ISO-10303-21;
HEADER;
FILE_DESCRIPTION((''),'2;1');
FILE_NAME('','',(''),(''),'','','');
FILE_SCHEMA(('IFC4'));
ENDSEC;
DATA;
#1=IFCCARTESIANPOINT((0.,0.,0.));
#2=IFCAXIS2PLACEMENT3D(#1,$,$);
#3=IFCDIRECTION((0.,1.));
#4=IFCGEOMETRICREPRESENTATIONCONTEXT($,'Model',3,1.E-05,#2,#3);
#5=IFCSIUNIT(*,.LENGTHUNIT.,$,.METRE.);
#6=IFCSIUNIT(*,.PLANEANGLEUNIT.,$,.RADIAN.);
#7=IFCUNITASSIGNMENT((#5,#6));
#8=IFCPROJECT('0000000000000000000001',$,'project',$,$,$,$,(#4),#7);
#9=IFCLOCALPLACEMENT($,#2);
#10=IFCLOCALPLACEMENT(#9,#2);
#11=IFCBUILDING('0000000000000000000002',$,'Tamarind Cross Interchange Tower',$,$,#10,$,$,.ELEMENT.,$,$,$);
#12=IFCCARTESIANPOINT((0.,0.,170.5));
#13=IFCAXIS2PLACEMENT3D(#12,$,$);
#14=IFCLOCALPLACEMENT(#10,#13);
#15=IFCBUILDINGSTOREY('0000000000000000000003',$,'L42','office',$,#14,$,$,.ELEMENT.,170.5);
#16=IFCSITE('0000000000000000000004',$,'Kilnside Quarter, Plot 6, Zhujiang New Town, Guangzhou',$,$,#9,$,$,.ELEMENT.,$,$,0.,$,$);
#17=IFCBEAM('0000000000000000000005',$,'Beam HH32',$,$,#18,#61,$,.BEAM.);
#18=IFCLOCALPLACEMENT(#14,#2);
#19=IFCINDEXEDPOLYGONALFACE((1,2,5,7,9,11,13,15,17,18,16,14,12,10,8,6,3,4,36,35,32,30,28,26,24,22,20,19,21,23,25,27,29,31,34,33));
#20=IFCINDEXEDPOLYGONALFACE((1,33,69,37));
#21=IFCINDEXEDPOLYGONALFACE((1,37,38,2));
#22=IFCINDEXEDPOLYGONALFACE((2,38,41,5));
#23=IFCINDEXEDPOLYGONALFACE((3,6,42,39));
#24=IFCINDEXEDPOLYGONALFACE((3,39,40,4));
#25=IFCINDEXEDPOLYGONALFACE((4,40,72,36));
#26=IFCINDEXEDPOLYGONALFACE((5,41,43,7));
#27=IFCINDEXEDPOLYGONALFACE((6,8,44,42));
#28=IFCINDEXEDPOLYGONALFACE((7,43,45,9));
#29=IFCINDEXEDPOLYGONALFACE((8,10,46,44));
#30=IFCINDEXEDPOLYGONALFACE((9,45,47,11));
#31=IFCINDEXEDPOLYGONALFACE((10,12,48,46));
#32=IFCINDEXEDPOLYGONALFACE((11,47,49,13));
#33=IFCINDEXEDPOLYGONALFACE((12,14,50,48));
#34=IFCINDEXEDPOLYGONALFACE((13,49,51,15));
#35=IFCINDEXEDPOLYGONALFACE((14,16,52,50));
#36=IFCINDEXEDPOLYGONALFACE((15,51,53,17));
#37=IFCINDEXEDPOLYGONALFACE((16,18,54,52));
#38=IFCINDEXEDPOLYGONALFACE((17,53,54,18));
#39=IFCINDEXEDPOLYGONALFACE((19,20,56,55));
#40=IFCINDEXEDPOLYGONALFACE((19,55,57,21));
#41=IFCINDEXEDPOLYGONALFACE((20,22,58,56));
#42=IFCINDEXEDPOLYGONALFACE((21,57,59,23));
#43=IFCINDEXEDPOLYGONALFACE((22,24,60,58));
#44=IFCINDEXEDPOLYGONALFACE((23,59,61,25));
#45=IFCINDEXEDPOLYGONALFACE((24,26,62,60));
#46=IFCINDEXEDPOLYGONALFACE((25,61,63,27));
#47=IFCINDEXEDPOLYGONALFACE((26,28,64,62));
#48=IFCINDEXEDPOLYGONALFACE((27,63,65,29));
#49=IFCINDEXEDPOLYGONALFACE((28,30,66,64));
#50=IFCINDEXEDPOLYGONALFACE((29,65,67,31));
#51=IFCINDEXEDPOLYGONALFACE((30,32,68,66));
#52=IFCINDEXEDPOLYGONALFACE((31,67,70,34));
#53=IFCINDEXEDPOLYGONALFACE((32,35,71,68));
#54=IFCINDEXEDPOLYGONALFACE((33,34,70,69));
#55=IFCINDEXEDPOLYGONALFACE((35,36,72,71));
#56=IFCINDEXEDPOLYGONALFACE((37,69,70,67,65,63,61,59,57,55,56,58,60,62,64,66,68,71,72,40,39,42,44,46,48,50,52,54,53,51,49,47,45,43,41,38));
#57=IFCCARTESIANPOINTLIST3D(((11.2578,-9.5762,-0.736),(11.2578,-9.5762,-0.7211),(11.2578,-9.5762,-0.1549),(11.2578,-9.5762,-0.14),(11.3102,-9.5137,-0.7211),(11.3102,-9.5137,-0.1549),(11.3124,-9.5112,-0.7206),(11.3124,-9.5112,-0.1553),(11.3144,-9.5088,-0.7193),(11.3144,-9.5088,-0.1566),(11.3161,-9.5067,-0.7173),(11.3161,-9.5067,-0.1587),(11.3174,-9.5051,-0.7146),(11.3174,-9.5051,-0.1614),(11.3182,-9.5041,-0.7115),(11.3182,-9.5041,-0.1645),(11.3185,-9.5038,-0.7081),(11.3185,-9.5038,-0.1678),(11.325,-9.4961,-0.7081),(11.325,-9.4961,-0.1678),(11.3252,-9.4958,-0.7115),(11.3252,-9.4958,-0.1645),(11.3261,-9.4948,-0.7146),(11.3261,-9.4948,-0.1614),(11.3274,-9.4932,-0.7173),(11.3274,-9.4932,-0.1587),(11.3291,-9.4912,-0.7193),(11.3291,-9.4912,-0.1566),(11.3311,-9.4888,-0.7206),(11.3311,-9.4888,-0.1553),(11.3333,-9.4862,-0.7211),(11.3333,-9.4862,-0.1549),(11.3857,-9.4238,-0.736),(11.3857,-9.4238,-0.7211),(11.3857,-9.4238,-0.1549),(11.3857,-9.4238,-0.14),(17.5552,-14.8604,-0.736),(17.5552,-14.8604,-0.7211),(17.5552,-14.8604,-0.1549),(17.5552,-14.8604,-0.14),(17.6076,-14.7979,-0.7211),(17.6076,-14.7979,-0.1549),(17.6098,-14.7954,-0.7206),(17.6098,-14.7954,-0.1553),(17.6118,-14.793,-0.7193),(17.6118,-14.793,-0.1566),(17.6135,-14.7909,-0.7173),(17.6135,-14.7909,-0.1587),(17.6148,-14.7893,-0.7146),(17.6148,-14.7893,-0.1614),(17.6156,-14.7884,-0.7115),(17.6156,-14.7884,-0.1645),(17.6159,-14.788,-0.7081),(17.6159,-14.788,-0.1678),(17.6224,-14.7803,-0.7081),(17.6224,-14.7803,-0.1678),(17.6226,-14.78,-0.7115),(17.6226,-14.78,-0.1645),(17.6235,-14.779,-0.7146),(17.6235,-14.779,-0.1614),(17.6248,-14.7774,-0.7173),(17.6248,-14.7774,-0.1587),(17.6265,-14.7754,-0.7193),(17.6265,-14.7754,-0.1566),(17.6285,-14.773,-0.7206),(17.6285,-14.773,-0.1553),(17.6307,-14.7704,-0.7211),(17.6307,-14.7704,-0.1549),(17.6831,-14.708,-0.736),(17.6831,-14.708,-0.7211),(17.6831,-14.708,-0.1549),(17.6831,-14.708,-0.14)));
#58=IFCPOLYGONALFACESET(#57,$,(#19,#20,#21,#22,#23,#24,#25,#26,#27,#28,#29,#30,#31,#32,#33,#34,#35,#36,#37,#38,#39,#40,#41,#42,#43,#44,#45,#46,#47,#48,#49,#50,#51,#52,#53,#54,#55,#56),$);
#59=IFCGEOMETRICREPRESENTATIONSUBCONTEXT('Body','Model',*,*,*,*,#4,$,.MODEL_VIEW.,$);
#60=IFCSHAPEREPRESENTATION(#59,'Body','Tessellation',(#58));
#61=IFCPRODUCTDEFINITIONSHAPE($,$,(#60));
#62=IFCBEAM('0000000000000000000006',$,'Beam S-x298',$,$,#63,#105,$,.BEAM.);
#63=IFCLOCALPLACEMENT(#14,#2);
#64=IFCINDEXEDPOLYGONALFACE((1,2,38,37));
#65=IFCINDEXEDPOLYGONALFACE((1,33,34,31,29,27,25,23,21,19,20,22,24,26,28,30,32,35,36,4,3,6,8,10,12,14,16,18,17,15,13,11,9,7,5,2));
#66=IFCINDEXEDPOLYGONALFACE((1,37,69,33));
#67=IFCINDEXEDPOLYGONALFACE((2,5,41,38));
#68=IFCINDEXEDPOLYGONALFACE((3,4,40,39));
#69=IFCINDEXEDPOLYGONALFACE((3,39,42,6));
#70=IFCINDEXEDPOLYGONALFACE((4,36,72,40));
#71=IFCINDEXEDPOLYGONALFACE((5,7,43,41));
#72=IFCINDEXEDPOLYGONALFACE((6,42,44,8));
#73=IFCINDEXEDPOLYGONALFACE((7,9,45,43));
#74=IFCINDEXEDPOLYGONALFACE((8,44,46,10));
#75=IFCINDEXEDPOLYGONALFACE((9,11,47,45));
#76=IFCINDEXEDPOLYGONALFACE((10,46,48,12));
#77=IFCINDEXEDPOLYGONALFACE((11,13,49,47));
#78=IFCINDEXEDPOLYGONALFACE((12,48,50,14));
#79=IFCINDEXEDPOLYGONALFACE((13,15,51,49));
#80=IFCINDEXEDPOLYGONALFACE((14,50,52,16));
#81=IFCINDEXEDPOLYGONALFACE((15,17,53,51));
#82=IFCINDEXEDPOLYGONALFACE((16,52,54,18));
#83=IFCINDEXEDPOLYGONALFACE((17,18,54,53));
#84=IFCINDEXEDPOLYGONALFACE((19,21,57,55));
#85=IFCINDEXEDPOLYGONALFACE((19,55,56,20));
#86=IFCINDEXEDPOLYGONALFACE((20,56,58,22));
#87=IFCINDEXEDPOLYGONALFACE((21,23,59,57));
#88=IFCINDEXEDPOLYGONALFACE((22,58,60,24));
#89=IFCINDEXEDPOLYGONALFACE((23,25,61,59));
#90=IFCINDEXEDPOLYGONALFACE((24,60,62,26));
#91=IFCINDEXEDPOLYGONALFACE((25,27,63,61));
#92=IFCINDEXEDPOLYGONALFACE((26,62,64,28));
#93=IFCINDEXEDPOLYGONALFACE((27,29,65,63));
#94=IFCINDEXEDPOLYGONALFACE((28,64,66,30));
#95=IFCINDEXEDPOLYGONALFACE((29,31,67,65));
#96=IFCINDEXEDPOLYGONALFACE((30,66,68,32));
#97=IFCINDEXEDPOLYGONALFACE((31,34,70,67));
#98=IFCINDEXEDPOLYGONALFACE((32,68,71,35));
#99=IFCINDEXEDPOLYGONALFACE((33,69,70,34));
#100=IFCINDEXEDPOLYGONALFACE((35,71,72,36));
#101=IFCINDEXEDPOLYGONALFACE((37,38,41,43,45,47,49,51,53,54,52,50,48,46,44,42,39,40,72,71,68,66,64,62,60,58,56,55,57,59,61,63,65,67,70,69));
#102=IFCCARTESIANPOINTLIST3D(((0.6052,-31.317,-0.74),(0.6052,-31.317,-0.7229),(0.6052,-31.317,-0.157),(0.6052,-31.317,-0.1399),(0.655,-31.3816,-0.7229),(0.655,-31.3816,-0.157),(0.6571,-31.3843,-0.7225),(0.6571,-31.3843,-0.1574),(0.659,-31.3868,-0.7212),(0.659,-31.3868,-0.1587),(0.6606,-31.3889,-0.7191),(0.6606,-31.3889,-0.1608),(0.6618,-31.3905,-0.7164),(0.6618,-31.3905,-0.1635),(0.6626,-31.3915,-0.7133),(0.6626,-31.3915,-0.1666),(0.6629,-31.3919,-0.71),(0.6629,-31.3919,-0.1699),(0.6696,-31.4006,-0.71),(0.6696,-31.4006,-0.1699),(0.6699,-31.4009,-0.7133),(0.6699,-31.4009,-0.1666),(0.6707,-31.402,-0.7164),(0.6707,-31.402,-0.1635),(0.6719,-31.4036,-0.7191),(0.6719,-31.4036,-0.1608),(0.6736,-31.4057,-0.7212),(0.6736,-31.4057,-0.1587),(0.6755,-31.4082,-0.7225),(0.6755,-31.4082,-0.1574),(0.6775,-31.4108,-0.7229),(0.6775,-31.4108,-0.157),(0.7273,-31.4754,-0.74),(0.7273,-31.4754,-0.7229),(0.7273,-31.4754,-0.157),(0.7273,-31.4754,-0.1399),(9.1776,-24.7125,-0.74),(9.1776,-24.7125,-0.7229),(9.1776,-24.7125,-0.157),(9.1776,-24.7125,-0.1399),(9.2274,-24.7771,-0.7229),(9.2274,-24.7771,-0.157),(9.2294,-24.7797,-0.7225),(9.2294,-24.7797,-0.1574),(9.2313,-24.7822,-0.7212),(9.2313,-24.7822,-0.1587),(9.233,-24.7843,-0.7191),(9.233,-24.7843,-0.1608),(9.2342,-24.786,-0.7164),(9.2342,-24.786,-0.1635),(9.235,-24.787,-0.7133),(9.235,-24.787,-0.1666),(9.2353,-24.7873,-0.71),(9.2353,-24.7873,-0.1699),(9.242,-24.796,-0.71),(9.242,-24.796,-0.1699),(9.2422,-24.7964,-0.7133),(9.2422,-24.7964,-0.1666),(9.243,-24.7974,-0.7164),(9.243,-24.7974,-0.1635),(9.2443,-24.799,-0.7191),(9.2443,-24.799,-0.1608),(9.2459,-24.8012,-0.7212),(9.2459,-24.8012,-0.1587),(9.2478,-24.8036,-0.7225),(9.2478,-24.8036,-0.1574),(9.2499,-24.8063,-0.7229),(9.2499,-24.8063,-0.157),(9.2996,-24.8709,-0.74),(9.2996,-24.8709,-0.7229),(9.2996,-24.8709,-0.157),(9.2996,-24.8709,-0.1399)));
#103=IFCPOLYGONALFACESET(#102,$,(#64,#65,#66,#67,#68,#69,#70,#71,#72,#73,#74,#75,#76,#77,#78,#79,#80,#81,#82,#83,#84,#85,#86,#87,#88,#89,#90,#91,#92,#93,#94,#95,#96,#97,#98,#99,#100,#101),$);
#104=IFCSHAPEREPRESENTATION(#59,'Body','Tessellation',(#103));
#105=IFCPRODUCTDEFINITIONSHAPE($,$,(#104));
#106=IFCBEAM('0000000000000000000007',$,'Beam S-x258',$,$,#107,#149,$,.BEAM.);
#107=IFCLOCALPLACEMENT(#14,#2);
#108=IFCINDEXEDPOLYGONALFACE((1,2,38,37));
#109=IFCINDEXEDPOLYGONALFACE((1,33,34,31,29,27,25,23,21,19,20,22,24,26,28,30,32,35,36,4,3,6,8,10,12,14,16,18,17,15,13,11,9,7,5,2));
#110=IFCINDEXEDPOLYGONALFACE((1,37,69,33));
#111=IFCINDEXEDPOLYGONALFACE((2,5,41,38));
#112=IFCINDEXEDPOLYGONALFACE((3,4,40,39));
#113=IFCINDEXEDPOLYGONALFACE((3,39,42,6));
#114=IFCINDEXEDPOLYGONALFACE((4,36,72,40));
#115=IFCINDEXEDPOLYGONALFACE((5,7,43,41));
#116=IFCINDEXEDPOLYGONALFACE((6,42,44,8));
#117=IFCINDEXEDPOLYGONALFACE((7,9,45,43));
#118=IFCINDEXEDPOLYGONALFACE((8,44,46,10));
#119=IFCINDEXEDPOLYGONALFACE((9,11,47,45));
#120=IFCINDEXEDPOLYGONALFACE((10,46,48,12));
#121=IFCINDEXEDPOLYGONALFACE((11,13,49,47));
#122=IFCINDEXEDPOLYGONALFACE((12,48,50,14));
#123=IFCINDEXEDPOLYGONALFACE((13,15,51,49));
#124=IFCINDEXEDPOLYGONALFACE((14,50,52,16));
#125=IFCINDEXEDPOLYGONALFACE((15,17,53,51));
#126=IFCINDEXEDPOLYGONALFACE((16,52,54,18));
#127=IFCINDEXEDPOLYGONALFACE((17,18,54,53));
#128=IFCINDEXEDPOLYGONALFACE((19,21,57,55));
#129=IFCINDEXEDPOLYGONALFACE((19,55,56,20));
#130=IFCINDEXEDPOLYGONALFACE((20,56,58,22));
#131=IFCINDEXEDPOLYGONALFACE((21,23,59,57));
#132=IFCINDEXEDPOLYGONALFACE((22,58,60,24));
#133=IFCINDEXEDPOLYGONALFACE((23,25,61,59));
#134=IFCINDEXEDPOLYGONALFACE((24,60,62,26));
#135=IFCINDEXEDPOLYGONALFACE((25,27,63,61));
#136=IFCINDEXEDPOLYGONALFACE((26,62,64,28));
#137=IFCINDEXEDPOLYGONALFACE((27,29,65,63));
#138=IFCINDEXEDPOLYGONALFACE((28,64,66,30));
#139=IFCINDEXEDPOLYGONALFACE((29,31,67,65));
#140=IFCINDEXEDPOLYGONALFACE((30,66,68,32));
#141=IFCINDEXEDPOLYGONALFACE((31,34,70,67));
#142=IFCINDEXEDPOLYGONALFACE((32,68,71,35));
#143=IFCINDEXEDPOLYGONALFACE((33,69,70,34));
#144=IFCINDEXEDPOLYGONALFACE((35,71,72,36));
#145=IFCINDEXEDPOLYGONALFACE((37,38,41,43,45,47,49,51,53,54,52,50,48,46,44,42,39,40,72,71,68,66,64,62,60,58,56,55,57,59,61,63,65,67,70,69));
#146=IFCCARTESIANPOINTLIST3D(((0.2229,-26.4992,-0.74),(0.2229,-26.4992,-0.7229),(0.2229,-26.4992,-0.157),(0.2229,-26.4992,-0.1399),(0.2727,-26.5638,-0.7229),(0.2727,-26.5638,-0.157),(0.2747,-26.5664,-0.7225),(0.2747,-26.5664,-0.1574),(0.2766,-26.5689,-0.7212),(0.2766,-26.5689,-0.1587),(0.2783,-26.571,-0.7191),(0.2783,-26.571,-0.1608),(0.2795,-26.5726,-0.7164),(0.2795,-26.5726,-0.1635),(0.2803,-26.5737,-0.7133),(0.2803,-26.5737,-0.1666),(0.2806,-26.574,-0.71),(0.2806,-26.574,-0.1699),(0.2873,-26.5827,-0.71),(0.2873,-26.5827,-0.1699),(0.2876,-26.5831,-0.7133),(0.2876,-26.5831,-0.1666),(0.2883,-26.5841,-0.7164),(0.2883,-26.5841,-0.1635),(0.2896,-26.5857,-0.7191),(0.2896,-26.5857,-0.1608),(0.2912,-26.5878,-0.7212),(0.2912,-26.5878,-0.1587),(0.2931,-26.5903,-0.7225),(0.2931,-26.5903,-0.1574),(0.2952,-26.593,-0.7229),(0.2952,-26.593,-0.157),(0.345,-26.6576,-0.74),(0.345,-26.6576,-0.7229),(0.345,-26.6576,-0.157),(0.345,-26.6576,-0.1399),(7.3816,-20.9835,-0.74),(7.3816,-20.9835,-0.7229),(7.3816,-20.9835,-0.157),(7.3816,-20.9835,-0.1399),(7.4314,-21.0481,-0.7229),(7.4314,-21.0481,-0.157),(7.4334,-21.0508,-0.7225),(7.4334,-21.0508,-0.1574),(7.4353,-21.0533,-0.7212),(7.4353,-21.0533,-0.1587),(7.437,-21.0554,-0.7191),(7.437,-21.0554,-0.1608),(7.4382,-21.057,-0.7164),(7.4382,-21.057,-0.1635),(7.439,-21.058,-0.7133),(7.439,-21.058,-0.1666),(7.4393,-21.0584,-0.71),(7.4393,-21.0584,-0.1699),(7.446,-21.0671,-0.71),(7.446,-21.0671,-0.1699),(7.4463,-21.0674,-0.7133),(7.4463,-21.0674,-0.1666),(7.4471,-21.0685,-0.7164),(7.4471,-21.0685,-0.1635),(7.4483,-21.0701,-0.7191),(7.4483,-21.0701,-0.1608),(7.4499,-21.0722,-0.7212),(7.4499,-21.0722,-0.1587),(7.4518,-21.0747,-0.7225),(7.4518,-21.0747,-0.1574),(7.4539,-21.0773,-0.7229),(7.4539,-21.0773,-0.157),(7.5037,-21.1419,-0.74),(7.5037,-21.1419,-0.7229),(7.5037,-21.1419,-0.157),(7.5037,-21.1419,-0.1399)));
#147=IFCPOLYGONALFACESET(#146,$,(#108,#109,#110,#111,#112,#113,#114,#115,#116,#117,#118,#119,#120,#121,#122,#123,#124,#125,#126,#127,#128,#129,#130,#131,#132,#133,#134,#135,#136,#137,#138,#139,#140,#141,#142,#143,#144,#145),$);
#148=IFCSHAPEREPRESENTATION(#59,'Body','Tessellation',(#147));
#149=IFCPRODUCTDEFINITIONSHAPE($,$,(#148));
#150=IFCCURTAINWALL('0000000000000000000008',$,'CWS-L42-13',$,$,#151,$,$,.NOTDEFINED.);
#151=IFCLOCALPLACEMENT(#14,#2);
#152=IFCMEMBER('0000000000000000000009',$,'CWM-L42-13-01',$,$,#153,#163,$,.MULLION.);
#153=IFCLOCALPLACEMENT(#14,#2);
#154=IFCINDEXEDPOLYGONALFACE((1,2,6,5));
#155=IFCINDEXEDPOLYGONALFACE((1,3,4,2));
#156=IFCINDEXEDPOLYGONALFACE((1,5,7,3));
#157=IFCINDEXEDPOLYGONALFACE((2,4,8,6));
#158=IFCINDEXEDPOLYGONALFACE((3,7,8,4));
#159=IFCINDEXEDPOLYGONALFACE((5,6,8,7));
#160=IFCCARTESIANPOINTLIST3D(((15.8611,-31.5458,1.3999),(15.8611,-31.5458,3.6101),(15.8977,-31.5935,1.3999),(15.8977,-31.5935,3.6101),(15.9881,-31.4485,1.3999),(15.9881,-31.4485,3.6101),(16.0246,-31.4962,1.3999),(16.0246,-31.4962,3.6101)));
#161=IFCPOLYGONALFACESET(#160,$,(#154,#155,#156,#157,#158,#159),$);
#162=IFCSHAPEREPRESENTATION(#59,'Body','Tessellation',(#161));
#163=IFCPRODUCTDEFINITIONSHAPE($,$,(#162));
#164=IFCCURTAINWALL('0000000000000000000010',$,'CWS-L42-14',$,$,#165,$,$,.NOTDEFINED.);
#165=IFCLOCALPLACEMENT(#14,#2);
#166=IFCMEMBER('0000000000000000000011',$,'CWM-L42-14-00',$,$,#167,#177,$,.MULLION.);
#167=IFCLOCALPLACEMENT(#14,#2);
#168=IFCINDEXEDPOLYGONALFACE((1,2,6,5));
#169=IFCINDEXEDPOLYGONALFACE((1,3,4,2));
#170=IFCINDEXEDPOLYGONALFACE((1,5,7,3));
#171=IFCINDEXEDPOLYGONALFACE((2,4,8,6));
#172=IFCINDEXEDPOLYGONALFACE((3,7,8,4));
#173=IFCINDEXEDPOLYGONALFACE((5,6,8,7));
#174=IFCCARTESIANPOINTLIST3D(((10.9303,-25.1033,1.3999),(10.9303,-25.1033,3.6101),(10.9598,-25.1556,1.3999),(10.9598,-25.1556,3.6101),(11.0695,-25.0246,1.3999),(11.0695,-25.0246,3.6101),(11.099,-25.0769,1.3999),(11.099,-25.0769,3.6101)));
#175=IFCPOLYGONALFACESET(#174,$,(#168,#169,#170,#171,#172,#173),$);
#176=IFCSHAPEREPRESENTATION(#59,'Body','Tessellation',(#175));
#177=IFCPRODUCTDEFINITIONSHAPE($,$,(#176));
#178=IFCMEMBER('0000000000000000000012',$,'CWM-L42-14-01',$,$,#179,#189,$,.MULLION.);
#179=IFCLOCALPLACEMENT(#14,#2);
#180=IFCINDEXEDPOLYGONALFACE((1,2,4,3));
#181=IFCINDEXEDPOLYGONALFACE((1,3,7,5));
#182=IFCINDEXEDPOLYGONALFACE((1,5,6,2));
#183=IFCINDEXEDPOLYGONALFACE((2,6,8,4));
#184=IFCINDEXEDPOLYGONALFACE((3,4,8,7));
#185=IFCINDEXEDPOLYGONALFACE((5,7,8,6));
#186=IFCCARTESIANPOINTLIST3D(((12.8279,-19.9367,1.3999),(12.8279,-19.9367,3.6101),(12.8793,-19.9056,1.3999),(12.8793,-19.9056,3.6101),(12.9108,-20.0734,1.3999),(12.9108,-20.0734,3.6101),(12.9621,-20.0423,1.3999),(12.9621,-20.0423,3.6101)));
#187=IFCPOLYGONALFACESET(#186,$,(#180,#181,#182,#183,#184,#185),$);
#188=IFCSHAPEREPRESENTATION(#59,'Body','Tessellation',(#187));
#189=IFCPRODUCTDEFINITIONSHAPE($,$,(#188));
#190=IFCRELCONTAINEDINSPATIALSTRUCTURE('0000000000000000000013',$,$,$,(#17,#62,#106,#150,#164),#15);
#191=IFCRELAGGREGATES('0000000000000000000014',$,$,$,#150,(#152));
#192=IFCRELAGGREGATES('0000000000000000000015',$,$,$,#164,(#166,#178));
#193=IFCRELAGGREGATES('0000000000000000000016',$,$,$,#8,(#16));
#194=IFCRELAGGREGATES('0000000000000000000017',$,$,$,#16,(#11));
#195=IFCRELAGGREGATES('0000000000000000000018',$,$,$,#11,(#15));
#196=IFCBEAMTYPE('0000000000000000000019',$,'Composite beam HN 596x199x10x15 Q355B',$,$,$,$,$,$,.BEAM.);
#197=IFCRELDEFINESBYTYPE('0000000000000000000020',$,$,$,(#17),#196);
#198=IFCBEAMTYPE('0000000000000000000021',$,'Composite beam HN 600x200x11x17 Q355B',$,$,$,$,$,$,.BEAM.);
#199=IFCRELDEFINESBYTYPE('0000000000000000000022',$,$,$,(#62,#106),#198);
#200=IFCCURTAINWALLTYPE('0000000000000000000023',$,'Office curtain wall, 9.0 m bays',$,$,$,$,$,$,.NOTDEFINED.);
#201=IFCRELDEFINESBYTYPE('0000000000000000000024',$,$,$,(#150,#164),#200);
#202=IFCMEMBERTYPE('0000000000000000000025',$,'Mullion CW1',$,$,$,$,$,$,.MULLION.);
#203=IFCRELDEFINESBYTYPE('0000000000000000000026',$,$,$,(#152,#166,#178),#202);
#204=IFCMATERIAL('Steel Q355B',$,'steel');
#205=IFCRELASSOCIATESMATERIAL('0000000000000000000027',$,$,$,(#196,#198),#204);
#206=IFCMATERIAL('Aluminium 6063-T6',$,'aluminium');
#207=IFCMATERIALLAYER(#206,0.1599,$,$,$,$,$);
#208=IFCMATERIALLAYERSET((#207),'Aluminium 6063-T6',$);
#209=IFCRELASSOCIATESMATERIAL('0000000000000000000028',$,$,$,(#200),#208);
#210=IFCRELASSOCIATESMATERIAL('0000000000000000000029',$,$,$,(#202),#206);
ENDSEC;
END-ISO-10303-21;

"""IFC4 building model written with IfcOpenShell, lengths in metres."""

from ifc_helpers import new_model, si_unit, direction, frame, origin, origin_2d, place, context, subcontext, project, spatial, rectangle, i_section, extrude, material, layer, layer_set, material_profile, profile_set, type_object, element, aggregate, save


model = new_model("IFC4")

# Units and contexts
model_context = context("Model", 3, precision=1e-05, world=origin(), true_north=direction((0.0, 1.0)))
body_context = subcontext(model_context, "Body", "Model", "MODEL_VIEW")
ifc_project = project(units=[si_unit("LENGTHUNIT", "METRE"), si_unit("PLANEANGLEUNIT", "RADIAN")], contexts=[model_context])

# Site, building, storey
site_placement = place(None, origin())
site = spatial("IfcSite", under=ifc_project, at=site_placement, Name="Kilnside Quarter, Plot 6, Zhujiang New Town, Guangzhou", CompositionType="ELEMENT", RefElevation=0.0)
building_placement = place(site_placement, origin())
building = spatial("IfcBuilding", under=site, at=building_placement, Name="Tamarind Cross Interchange Tower", CompositionType="ELEMENT")
storey_placement = place(building_placement, frame((0.0, 0.0, 170.5)))
storey = spatial("IfcBuildingStorey", under=building, at=storey_placement, Name="L42", Description="office", CompositionType="ELEMENT", Elevation=170.5)

# Beams
ifc_material_1 = material(Name="Steel Q355B", Category="steel")
ifc_material_profile_1 = material_profile(ifc_material_1, i_section(OverallWidth=0.199, OverallDepth=0.5959, WebThickness=0.01, FlangeThickness=0.0149, FilletRadius=0.0129, at=origin_2d()), Name="HN 596x199x10x15")
ifc_profile_set_1 = profile_set([ifc_material_profile_1], Name="Steel Q355B")
beam_type_1 = type_object("IfcBeamType", Name="Composite beam HN 596x199x10x15 Q355B", PredefinedType="BEAM", material=ifc_profile_set_1)
beam_1_placement = place(storey_placement, frame((17.6191, -14.7842, -0.438), z_axis=(-0.766041, 0.642792, 0.0), x_axis=(-0.642792, -0.766041, 0.0)))
element("IfcBeam", 1, at=beam_1_placement, inside=storey, type_object=beam_type_1, Name="Beam HH32", PredefinedType="BEAM", context=body_context, shape_type="SweptSolid", body=[
    extrude(i_section(OverallWidth=0.199, OverallDepth=0.5959, WebThickness=0.01, FlangeThickness=0.0149, FilletRadius=0.0129, at=origin_2d()), origin(), (0.0, 0.0, 1.0), 8.2207),
])
ifc_material_profile_2 = material_profile(ifc_material_1, i_section(OverallWidth=0.2, OverallDepth=0.6001, WebThickness=0.011, FlangeThickness=0.0171, FilletRadius=0.0129, at=origin_2d()), Name="HN 600x200x11x17")
ifc_profile_set_2 = profile_set([ifc_material_profile_2], Name="Steel Q355B")
beam_type_2 = type_object("IfcBeamType", Name="Composite beam HN 600x200x11x17 Q355B", PredefinedType="BEAM", material=ifc_profile_set_2)
beam_2_placement = place(storey_placement, frame((0.6663, -31.3962, -0.4399), z_axis=(0.792157, 0.610317, 0.0), x_axis=(-0.610317, 0.792157, 0.0)))
element("IfcBeam", 2, at=beam_2_placement, inside=storey, type_object=beam_type_2, Name="Beam S-x298", PredefinedType="BEAM", context=body_context, shape_type="SweptSolid", body=[
    extrude(i_section(OverallWidth=0.2, OverallDepth=0.6001, WebThickness=0.011, FlangeThickness=0.0171, FilletRadius=0.0129, at=origin_2d()), origin(), (0.0, 0.0, 1.0), 10.8215),
])
beam_3_placement = place(storey_placement, frame((0.2839, -26.5784, -0.4399), z_axis=(0.792146, 0.610332, 0.0), x_axis=(-0.610332, 0.792146, 0.0)))
element("IfcBeam", 3, at=beam_3_placement, inside=storey, type_object=beam_type_2, Name="Beam S-x258", PredefinedType="BEAM", context=body_context, shape_type="SweptSolid", body=[
    extrude(i_section(OverallWidth=0.2, OverallDepth=0.6001, WebThickness=0.011, FlangeThickness=0.0171, FilletRadius=0.0129, at=origin_2d()), origin(), (0.0, 0.0, 1.0), 9.0371),
])

# Curtain wall, member
ifc_material_2 = material(Name="Aluminium 6063-T6", Category="aluminium")
ifc_layer_1 = layer(ifc_material_2, 0.1599)
ifc_layer_set_1 = layer_set([ifc_layer_1], Name="Aluminium 6063-T6")
curtain_wall_type = type_object("IfcCurtainWallType", Name="Office curtain wall, 9.0 m bays", PredefinedType="NOTDEFINED", material=ifc_layer_set_1)
curtain_wall_1_placement = place(storey_placement, origin())
curtain_wall_1 = element("IfcCurtainWall", 4, at=curtain_wall_1_placement, inside=storey, type_object=curtain_wall_type, Name="CWS-L42-13", PredefinedType="NOTDEFINED")
ifc_material_profile_3 = material_profile(ifc_material_2, rectangle(XDim=0.0601, YDim=0.1599, at=origin_2d()), Name="Mullion CW1")
ifc_profile_set_3 = profile_set([ifc_material_profile_3], Name="Aluminium 6063-T6")
member_type = type_object("IfcMemberType", Name="Mullion CW1", PredefinedType="MULLION", material=ifc_profile_set_3)
member_1_placement = place(storey_placement, frame((15.9429, -31.521, 1.3999), z_axis=(0.0, 0.0, 1.0), x_axis=(-0.608277, 0.793725, 0.0)))
member_1 = element("IfcMember", 5, at=member_1_placement, type_object=member_type, Name="CWM-L42-13-01", PredefinedType="MULLION", context=body_context, shape_type="SweptSolid", body=[
    extrude(rectangle(XDim=0.0601, YDim=0.1599, at=origin_2d()), origin(), (0.0, 0.0, 1.0), 2.2102),
])
aggregate(curtain_wall_1, [member_1])

# Curtain wall, members
curtain_wall_2_placement = place(storey_placement, origin())
curtain_wall_2 = element("IfcCurtainWall", 6, at=curtain_wall_2_placement, inside=storey, type_object=curtain_wall_type, Name="CWS-L42-14", PredefinedType="NOTDEFINED")
member_2_placement = place(storey_placement, frame((11.0146, -25.0901, 1.3999), z_axis=(0.0, 0.0, 1.0), x_axis=(-0.491972, 0.870611, 0.0)))
member_2 = element("IfcMember", 7, at=member_2_placement, type_object=member_type, Name="CWM-L42-14-00", PredefinedType="MULLION", context=body_context, shape_type="SweptSolid", body=[
    extrude(rectangle(XDim=0.0601, YDim=0.1599, at=origin_2d()), origin(), (0.0, 0.0, 1.0), 2.2102),
])
member_3_placement = place(storey_placement, frame((12.895, -19.9895, 1.3999), z_axis=(0.0, 0.0, 1.0), x_axis=(0.85532, 0.518101, 0.0)))
member_3 = element("IfcMember", 8, at=member_3_placement, type_object=member_type, Name="CWM-L42-14-01", PredefinedType="MULLION", context=body_context, shape_type="SweptSolid", body=[
    extrude(rectangle(XDim=0.0601, YDim=0.1599, at=origin_2d()), origin(), (0.0, 0.0, 1.0), 2.2102),
])
aggregate(curtain_wall_2, [member_2, member_3])

save(model, "model.ifc")
